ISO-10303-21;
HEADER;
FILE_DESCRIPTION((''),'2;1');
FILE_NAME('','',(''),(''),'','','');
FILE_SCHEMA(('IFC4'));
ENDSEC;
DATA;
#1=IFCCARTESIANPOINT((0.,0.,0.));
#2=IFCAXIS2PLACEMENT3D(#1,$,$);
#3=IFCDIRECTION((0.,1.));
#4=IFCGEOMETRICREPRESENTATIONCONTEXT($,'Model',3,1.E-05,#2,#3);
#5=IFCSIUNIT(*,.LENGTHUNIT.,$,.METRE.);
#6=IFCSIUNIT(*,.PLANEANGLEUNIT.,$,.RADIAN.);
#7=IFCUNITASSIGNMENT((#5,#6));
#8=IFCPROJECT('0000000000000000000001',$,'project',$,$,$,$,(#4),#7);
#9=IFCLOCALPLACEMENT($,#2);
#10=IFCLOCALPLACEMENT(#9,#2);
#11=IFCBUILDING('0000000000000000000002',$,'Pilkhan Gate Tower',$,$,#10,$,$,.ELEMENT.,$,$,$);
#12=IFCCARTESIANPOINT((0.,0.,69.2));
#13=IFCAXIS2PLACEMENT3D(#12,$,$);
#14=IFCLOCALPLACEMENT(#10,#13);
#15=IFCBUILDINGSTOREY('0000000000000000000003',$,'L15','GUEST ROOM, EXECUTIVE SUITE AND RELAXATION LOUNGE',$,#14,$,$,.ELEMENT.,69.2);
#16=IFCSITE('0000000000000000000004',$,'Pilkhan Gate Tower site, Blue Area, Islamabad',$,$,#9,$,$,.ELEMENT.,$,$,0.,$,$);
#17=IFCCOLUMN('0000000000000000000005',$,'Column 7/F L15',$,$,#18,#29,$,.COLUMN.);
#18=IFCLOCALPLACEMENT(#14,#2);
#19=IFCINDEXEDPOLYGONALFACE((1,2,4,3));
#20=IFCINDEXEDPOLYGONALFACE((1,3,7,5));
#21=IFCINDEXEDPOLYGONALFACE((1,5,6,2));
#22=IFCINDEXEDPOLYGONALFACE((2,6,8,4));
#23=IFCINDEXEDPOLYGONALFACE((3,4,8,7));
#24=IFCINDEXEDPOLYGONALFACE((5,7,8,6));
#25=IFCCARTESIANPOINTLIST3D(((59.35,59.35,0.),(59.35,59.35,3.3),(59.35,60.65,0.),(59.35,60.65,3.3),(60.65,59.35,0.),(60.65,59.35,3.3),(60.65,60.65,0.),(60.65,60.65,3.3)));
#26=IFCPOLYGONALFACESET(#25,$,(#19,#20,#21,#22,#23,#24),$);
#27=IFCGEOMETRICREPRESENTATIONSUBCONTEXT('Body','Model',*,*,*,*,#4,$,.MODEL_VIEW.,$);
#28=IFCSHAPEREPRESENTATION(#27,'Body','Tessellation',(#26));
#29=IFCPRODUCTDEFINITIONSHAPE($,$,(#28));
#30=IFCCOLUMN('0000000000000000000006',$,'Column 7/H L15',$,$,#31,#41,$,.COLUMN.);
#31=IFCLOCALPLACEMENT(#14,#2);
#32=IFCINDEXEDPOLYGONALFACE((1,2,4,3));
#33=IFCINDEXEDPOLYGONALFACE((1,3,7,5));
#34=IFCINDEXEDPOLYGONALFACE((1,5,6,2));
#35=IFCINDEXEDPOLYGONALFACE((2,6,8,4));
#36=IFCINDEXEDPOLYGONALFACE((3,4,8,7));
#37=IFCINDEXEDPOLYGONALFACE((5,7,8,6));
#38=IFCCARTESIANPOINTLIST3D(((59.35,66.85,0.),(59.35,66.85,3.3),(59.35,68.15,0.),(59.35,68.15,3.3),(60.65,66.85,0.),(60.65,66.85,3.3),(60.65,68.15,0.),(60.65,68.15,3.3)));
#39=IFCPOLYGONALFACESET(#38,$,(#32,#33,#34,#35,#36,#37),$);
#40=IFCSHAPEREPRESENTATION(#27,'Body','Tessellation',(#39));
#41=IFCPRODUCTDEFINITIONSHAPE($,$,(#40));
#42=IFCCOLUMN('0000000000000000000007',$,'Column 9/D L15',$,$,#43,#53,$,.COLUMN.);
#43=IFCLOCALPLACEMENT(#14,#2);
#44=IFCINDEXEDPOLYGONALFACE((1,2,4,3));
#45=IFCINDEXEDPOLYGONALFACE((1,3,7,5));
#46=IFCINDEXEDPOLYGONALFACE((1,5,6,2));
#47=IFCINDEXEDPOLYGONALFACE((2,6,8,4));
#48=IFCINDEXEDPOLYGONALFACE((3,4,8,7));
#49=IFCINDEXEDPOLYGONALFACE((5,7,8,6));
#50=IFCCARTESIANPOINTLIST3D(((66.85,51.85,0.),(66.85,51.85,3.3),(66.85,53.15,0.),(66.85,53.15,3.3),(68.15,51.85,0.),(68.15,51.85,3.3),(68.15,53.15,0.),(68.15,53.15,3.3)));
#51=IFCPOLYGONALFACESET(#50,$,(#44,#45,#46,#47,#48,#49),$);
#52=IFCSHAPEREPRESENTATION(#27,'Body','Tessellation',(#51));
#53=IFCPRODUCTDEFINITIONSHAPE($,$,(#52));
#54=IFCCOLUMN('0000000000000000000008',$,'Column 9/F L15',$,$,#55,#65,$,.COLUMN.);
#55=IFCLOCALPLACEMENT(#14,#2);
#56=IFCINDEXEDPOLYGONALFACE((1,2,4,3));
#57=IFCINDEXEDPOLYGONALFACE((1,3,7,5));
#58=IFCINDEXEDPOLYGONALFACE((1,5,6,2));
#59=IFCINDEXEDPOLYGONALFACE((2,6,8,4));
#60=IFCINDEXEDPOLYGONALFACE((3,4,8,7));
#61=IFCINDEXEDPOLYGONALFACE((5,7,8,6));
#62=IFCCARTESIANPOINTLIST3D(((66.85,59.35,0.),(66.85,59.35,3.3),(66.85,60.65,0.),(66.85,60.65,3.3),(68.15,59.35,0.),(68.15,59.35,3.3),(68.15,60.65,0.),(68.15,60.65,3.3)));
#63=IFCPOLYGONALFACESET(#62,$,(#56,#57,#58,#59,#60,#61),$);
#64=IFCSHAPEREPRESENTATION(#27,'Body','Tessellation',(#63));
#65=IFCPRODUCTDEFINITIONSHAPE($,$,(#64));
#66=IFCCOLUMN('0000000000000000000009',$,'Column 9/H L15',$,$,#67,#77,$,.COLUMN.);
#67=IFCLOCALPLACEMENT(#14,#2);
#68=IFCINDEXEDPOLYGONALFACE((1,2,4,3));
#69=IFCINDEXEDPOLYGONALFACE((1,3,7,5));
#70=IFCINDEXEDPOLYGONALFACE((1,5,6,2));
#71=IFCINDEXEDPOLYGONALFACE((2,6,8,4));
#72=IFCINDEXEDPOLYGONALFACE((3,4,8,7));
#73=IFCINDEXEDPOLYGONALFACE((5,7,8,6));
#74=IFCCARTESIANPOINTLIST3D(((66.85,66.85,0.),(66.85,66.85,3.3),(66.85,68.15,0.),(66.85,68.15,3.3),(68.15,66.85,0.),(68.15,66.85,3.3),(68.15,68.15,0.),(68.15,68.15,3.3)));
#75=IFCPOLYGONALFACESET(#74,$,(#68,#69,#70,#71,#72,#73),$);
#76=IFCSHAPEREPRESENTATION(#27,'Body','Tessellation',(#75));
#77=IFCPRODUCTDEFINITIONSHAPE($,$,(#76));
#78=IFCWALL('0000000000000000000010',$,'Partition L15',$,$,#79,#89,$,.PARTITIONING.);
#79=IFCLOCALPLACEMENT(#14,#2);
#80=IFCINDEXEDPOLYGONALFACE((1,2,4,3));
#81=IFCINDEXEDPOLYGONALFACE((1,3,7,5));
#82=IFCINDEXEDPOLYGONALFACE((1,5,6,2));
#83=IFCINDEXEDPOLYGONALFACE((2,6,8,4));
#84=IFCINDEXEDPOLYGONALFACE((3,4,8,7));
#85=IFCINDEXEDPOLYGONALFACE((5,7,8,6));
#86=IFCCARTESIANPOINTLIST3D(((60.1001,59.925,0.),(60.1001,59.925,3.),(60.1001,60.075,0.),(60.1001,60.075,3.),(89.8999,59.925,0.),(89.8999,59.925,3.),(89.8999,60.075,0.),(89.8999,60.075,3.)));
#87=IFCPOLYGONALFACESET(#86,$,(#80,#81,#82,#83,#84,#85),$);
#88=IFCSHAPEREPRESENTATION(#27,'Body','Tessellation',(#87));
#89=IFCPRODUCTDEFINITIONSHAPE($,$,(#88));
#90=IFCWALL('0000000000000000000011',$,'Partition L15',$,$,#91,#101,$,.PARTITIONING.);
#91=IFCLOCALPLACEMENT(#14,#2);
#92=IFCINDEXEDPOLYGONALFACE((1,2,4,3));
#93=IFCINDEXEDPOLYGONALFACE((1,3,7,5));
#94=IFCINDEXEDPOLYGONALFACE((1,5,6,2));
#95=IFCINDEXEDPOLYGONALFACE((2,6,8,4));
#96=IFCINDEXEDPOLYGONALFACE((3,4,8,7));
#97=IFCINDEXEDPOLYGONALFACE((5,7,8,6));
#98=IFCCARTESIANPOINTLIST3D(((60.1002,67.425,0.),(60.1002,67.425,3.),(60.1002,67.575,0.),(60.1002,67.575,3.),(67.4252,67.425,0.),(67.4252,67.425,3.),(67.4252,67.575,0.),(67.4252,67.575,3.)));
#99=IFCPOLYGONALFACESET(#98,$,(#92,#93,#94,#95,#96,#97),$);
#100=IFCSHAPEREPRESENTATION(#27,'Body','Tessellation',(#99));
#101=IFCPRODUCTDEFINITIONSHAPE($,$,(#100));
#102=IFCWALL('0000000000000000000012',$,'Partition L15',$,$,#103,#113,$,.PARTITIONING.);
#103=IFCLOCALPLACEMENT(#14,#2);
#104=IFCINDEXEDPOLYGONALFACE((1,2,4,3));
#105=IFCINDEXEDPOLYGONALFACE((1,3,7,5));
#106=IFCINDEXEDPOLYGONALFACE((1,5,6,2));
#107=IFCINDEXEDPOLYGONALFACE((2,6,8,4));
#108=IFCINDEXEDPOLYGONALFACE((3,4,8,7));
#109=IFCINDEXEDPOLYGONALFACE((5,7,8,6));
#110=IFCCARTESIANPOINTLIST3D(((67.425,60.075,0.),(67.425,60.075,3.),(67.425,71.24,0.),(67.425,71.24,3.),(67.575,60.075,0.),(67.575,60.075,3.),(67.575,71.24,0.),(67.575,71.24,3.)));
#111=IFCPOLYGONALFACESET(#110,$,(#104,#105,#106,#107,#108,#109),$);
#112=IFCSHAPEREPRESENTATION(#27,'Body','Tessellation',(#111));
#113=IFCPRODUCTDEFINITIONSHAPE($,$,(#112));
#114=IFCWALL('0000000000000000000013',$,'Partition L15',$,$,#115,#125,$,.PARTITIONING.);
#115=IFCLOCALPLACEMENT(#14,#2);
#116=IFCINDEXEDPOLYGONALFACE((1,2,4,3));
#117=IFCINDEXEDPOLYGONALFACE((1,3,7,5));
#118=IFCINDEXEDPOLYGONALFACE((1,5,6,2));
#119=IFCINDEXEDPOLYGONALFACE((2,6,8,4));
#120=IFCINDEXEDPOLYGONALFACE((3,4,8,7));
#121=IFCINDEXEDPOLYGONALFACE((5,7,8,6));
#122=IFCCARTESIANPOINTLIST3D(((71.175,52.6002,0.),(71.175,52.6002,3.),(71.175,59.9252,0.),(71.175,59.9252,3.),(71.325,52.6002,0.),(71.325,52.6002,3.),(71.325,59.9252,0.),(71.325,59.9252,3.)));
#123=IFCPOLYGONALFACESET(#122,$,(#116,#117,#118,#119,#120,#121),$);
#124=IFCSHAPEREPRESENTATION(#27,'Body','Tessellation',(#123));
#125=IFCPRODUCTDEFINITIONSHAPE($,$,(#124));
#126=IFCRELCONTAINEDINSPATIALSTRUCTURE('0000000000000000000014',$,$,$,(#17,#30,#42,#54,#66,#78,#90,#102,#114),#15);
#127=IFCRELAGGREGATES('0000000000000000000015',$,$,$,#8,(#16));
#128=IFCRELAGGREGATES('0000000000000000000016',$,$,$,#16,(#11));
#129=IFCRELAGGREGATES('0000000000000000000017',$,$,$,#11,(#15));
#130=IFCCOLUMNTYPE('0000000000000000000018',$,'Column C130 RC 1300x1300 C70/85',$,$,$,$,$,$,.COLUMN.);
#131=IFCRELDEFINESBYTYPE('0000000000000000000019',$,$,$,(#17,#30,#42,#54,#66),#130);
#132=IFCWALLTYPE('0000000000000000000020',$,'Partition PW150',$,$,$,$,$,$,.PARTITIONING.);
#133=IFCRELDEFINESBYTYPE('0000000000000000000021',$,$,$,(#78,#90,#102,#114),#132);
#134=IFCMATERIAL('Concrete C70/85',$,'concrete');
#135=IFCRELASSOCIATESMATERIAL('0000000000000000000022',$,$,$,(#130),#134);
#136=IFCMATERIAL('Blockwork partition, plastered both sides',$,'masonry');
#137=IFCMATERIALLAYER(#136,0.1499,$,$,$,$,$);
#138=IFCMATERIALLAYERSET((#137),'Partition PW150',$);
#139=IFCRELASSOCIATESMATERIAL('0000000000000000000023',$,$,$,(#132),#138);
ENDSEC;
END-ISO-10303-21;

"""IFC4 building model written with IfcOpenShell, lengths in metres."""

from ifc_helpers import new_model, si_unit, direction, frame, frame_2d, origin, origin_2d, place, context, subcontext, project, spatial, rectangle, extrude, material, layer, layer_set, material_profile, profile_set, type_object, element, save


model = new_model("IFC4")

# Units and contexts
model_context = context("Model", 3, precision=1e-05, world=origin(), true_north=direction((0.0, 1.0)))
body_context = subcontext(model_context, "Body", "Model", "MODEL_VIEW")
ifc_project = project(units=[si_unit("LENGTHUNIT", "METRE"), si_unit("PLANEANGLEUNIT", "RADIAN")], contexts=[model_context])

# Site, building, storey
site_placement = place(None, origin())
site = spatial("IfcSite", under=ifc_project, at=site_placement, Name="Pilkhan Gate Tower site, Blue Area, Islamabad", CompositionType="ELEMENT", RefElevation=0.0)
building_placement = place(site_placement, origin())
building = spatial("IfcBuilding", under=site, at=building_placement, Name="Pilkhan Gate Tower", CompositionType="ELEMENT")
storey_placement = place(building_placement, frame((0.0, 0.0, 69.2)))
storey = spatial("IfcBuildingStorey", under=building, at=storey_placement, Name="L15", Description="GUEST ROOM, EXECUTIVE SUITE AND RELAXATION LOUNGE", CompositionType="ELEMENT", Elevation=69.2)

# Columns
ifc_material_1 = material(Name="Concrete C70/85", Category="concrete")
ifc_material_profile = material_profile(ifc_material_1, rectangle(XDim=1.3, YDim=1.3, at=origin_2d()), Name="RC 1300x1300")
ifc_profile_set = profile_set([ifc_material_profile], Name="Concrete C70/85")
column_type = type_object("IfcColumnType", Name="Column C130 RC 1300x1300 C70/85", PredefinedType="COLUMN", material=ifc_profile_set)
for number, where, z_axis, x_axis, name in (
    (1, (60.0, 60.0, 0.0), (0.0, 0.0, 1.0), (1.0, 0.0, 0.0), "Column 7/F L15"),
    (2, (60.0, 67.5, 0.0), (0.0, 0.0, 1.0), (1.0, 0.0, 0.0), "Column 7/H L15"),
    (3, (67.5, 52.5, 0.0), (0.0, 0.0, 1.0), (1.0, 0.0, 0.0), "Column 9/D L15"),
    (4, (67.5, 60.0, 0.0), (0.0, 0.0, 1.0), (1.0, 0.0, 0.0), "Column 9/F L15"),
    (5, (67.5, 67.5, 0.0), (0.0, 0.0, 1.0), (1.0, 0.0, 0.0), "Column 9/H L15"),
):
    element("IfcColumn", number, at=place(storey_placement, frame(where, z_axis=z_axis, x_axis=x_axis)), inside=storey, type_object=column_type, Name=name, PredefinedType="COLUMN", context=body_context, shape_type="SweptSolid", body=[
        extrude(rectangle(XDim=1.3, YDim=1.3, at=origin_2d()), origin(), (0.0, 0.0, 1.0), 3.3),
    ])

# Walls
ifc_material_2 = material(Name="Blockwork partition, plastered both sides", Category="masonry")
ifc_layer = layer(ifc_material_2, 0.1499)
ifc_layer_set = layer_set([ifc_layer], Name="Partition PW150")
wall_type = type_object("IfcWallType", Name="Partition PW150", PredefinedType="PARTITIONING", material=ifc_layer_set)
wall_1_placement = place(storey_placement, frame((60.1001, 60.0, 0.0), z_axis=(0.0, 0.0, 1.0), x_axis=(1.0, 0.0, 0.0)))
element("IfcWall", 6, at=wall_1_placement, inside=storey, type_object=wall_type, Name="Partition L15", PredefinedType="PARTITIONING", context=body_context, shape_type="SweptSolid", body=[
    extrude(rectangle(XDim=29.7998, YDim=0.1499, at=frame_2d((14.8999, 0.0))), origin(), (0.0, 0.0, 1.0), 3.0),
])
wall_2_placement = place(storey_placement, frame((60.1001, 67.5, 0.0), z_axis=(0.0, 0.0, 1.0), x_axis=(1.0, 0.0, 0.0)))
element("IfcWall", 7, at=wall_2_placement, inside=storey, type_object=wall_type, Name="Partition L15", PredefinedType="PARTITIONING", context=body_context, shape_type="SweptSolid", body=[
    extrude(rectangle(XDim=7.325, YDim=0.1499, at=frame_2d((3.6626, 0.0))), origin(), (0.0, 0.0, 1.0), 3.0),
])
wall_3_placement = place(storey_placement, frame((67.5, 60.075, 0.0), z_axis=(0.0, 0.0, 1.0), x_axis=(0.0, 1.0, 0.0)))
element("IfcWall", 8, at=wall_3_placement, inside=storey, type_object=wall_type, Name="Partition L15", PredefinedType="PARTITIONING", context=body_context, shape_type="SweptSolid", body=[
    extrude(rectangle(XDim=11.165, YDim=0.1499, at=frame_2d((5.5825, 0.0))), origin(), (0.0, 0.0, 1.0), 3.0),
])
wall_4_placement = place(storey_placement, frame((71.25, 52.6001, 0.0), z_axis=(0.0, 0.0, 1.0), x_axis=(0.0, 1.0, 0.0)))
element("IfcWall", 9, at=wall_4_placement, inside=storey, type_object=wall_type, Name="Partition L15", PredefinedType="PARTITIONING", context=body_context, shape_type="SweptSolid", body=[
    extrude(rectangle(XDim=7.325, YDim=0.1499, at=frame_2d((3.6626, 0.0))), origin(), (0.0, 0.0, 1.0), 3.0),
])

save(model, "model.ifc")
